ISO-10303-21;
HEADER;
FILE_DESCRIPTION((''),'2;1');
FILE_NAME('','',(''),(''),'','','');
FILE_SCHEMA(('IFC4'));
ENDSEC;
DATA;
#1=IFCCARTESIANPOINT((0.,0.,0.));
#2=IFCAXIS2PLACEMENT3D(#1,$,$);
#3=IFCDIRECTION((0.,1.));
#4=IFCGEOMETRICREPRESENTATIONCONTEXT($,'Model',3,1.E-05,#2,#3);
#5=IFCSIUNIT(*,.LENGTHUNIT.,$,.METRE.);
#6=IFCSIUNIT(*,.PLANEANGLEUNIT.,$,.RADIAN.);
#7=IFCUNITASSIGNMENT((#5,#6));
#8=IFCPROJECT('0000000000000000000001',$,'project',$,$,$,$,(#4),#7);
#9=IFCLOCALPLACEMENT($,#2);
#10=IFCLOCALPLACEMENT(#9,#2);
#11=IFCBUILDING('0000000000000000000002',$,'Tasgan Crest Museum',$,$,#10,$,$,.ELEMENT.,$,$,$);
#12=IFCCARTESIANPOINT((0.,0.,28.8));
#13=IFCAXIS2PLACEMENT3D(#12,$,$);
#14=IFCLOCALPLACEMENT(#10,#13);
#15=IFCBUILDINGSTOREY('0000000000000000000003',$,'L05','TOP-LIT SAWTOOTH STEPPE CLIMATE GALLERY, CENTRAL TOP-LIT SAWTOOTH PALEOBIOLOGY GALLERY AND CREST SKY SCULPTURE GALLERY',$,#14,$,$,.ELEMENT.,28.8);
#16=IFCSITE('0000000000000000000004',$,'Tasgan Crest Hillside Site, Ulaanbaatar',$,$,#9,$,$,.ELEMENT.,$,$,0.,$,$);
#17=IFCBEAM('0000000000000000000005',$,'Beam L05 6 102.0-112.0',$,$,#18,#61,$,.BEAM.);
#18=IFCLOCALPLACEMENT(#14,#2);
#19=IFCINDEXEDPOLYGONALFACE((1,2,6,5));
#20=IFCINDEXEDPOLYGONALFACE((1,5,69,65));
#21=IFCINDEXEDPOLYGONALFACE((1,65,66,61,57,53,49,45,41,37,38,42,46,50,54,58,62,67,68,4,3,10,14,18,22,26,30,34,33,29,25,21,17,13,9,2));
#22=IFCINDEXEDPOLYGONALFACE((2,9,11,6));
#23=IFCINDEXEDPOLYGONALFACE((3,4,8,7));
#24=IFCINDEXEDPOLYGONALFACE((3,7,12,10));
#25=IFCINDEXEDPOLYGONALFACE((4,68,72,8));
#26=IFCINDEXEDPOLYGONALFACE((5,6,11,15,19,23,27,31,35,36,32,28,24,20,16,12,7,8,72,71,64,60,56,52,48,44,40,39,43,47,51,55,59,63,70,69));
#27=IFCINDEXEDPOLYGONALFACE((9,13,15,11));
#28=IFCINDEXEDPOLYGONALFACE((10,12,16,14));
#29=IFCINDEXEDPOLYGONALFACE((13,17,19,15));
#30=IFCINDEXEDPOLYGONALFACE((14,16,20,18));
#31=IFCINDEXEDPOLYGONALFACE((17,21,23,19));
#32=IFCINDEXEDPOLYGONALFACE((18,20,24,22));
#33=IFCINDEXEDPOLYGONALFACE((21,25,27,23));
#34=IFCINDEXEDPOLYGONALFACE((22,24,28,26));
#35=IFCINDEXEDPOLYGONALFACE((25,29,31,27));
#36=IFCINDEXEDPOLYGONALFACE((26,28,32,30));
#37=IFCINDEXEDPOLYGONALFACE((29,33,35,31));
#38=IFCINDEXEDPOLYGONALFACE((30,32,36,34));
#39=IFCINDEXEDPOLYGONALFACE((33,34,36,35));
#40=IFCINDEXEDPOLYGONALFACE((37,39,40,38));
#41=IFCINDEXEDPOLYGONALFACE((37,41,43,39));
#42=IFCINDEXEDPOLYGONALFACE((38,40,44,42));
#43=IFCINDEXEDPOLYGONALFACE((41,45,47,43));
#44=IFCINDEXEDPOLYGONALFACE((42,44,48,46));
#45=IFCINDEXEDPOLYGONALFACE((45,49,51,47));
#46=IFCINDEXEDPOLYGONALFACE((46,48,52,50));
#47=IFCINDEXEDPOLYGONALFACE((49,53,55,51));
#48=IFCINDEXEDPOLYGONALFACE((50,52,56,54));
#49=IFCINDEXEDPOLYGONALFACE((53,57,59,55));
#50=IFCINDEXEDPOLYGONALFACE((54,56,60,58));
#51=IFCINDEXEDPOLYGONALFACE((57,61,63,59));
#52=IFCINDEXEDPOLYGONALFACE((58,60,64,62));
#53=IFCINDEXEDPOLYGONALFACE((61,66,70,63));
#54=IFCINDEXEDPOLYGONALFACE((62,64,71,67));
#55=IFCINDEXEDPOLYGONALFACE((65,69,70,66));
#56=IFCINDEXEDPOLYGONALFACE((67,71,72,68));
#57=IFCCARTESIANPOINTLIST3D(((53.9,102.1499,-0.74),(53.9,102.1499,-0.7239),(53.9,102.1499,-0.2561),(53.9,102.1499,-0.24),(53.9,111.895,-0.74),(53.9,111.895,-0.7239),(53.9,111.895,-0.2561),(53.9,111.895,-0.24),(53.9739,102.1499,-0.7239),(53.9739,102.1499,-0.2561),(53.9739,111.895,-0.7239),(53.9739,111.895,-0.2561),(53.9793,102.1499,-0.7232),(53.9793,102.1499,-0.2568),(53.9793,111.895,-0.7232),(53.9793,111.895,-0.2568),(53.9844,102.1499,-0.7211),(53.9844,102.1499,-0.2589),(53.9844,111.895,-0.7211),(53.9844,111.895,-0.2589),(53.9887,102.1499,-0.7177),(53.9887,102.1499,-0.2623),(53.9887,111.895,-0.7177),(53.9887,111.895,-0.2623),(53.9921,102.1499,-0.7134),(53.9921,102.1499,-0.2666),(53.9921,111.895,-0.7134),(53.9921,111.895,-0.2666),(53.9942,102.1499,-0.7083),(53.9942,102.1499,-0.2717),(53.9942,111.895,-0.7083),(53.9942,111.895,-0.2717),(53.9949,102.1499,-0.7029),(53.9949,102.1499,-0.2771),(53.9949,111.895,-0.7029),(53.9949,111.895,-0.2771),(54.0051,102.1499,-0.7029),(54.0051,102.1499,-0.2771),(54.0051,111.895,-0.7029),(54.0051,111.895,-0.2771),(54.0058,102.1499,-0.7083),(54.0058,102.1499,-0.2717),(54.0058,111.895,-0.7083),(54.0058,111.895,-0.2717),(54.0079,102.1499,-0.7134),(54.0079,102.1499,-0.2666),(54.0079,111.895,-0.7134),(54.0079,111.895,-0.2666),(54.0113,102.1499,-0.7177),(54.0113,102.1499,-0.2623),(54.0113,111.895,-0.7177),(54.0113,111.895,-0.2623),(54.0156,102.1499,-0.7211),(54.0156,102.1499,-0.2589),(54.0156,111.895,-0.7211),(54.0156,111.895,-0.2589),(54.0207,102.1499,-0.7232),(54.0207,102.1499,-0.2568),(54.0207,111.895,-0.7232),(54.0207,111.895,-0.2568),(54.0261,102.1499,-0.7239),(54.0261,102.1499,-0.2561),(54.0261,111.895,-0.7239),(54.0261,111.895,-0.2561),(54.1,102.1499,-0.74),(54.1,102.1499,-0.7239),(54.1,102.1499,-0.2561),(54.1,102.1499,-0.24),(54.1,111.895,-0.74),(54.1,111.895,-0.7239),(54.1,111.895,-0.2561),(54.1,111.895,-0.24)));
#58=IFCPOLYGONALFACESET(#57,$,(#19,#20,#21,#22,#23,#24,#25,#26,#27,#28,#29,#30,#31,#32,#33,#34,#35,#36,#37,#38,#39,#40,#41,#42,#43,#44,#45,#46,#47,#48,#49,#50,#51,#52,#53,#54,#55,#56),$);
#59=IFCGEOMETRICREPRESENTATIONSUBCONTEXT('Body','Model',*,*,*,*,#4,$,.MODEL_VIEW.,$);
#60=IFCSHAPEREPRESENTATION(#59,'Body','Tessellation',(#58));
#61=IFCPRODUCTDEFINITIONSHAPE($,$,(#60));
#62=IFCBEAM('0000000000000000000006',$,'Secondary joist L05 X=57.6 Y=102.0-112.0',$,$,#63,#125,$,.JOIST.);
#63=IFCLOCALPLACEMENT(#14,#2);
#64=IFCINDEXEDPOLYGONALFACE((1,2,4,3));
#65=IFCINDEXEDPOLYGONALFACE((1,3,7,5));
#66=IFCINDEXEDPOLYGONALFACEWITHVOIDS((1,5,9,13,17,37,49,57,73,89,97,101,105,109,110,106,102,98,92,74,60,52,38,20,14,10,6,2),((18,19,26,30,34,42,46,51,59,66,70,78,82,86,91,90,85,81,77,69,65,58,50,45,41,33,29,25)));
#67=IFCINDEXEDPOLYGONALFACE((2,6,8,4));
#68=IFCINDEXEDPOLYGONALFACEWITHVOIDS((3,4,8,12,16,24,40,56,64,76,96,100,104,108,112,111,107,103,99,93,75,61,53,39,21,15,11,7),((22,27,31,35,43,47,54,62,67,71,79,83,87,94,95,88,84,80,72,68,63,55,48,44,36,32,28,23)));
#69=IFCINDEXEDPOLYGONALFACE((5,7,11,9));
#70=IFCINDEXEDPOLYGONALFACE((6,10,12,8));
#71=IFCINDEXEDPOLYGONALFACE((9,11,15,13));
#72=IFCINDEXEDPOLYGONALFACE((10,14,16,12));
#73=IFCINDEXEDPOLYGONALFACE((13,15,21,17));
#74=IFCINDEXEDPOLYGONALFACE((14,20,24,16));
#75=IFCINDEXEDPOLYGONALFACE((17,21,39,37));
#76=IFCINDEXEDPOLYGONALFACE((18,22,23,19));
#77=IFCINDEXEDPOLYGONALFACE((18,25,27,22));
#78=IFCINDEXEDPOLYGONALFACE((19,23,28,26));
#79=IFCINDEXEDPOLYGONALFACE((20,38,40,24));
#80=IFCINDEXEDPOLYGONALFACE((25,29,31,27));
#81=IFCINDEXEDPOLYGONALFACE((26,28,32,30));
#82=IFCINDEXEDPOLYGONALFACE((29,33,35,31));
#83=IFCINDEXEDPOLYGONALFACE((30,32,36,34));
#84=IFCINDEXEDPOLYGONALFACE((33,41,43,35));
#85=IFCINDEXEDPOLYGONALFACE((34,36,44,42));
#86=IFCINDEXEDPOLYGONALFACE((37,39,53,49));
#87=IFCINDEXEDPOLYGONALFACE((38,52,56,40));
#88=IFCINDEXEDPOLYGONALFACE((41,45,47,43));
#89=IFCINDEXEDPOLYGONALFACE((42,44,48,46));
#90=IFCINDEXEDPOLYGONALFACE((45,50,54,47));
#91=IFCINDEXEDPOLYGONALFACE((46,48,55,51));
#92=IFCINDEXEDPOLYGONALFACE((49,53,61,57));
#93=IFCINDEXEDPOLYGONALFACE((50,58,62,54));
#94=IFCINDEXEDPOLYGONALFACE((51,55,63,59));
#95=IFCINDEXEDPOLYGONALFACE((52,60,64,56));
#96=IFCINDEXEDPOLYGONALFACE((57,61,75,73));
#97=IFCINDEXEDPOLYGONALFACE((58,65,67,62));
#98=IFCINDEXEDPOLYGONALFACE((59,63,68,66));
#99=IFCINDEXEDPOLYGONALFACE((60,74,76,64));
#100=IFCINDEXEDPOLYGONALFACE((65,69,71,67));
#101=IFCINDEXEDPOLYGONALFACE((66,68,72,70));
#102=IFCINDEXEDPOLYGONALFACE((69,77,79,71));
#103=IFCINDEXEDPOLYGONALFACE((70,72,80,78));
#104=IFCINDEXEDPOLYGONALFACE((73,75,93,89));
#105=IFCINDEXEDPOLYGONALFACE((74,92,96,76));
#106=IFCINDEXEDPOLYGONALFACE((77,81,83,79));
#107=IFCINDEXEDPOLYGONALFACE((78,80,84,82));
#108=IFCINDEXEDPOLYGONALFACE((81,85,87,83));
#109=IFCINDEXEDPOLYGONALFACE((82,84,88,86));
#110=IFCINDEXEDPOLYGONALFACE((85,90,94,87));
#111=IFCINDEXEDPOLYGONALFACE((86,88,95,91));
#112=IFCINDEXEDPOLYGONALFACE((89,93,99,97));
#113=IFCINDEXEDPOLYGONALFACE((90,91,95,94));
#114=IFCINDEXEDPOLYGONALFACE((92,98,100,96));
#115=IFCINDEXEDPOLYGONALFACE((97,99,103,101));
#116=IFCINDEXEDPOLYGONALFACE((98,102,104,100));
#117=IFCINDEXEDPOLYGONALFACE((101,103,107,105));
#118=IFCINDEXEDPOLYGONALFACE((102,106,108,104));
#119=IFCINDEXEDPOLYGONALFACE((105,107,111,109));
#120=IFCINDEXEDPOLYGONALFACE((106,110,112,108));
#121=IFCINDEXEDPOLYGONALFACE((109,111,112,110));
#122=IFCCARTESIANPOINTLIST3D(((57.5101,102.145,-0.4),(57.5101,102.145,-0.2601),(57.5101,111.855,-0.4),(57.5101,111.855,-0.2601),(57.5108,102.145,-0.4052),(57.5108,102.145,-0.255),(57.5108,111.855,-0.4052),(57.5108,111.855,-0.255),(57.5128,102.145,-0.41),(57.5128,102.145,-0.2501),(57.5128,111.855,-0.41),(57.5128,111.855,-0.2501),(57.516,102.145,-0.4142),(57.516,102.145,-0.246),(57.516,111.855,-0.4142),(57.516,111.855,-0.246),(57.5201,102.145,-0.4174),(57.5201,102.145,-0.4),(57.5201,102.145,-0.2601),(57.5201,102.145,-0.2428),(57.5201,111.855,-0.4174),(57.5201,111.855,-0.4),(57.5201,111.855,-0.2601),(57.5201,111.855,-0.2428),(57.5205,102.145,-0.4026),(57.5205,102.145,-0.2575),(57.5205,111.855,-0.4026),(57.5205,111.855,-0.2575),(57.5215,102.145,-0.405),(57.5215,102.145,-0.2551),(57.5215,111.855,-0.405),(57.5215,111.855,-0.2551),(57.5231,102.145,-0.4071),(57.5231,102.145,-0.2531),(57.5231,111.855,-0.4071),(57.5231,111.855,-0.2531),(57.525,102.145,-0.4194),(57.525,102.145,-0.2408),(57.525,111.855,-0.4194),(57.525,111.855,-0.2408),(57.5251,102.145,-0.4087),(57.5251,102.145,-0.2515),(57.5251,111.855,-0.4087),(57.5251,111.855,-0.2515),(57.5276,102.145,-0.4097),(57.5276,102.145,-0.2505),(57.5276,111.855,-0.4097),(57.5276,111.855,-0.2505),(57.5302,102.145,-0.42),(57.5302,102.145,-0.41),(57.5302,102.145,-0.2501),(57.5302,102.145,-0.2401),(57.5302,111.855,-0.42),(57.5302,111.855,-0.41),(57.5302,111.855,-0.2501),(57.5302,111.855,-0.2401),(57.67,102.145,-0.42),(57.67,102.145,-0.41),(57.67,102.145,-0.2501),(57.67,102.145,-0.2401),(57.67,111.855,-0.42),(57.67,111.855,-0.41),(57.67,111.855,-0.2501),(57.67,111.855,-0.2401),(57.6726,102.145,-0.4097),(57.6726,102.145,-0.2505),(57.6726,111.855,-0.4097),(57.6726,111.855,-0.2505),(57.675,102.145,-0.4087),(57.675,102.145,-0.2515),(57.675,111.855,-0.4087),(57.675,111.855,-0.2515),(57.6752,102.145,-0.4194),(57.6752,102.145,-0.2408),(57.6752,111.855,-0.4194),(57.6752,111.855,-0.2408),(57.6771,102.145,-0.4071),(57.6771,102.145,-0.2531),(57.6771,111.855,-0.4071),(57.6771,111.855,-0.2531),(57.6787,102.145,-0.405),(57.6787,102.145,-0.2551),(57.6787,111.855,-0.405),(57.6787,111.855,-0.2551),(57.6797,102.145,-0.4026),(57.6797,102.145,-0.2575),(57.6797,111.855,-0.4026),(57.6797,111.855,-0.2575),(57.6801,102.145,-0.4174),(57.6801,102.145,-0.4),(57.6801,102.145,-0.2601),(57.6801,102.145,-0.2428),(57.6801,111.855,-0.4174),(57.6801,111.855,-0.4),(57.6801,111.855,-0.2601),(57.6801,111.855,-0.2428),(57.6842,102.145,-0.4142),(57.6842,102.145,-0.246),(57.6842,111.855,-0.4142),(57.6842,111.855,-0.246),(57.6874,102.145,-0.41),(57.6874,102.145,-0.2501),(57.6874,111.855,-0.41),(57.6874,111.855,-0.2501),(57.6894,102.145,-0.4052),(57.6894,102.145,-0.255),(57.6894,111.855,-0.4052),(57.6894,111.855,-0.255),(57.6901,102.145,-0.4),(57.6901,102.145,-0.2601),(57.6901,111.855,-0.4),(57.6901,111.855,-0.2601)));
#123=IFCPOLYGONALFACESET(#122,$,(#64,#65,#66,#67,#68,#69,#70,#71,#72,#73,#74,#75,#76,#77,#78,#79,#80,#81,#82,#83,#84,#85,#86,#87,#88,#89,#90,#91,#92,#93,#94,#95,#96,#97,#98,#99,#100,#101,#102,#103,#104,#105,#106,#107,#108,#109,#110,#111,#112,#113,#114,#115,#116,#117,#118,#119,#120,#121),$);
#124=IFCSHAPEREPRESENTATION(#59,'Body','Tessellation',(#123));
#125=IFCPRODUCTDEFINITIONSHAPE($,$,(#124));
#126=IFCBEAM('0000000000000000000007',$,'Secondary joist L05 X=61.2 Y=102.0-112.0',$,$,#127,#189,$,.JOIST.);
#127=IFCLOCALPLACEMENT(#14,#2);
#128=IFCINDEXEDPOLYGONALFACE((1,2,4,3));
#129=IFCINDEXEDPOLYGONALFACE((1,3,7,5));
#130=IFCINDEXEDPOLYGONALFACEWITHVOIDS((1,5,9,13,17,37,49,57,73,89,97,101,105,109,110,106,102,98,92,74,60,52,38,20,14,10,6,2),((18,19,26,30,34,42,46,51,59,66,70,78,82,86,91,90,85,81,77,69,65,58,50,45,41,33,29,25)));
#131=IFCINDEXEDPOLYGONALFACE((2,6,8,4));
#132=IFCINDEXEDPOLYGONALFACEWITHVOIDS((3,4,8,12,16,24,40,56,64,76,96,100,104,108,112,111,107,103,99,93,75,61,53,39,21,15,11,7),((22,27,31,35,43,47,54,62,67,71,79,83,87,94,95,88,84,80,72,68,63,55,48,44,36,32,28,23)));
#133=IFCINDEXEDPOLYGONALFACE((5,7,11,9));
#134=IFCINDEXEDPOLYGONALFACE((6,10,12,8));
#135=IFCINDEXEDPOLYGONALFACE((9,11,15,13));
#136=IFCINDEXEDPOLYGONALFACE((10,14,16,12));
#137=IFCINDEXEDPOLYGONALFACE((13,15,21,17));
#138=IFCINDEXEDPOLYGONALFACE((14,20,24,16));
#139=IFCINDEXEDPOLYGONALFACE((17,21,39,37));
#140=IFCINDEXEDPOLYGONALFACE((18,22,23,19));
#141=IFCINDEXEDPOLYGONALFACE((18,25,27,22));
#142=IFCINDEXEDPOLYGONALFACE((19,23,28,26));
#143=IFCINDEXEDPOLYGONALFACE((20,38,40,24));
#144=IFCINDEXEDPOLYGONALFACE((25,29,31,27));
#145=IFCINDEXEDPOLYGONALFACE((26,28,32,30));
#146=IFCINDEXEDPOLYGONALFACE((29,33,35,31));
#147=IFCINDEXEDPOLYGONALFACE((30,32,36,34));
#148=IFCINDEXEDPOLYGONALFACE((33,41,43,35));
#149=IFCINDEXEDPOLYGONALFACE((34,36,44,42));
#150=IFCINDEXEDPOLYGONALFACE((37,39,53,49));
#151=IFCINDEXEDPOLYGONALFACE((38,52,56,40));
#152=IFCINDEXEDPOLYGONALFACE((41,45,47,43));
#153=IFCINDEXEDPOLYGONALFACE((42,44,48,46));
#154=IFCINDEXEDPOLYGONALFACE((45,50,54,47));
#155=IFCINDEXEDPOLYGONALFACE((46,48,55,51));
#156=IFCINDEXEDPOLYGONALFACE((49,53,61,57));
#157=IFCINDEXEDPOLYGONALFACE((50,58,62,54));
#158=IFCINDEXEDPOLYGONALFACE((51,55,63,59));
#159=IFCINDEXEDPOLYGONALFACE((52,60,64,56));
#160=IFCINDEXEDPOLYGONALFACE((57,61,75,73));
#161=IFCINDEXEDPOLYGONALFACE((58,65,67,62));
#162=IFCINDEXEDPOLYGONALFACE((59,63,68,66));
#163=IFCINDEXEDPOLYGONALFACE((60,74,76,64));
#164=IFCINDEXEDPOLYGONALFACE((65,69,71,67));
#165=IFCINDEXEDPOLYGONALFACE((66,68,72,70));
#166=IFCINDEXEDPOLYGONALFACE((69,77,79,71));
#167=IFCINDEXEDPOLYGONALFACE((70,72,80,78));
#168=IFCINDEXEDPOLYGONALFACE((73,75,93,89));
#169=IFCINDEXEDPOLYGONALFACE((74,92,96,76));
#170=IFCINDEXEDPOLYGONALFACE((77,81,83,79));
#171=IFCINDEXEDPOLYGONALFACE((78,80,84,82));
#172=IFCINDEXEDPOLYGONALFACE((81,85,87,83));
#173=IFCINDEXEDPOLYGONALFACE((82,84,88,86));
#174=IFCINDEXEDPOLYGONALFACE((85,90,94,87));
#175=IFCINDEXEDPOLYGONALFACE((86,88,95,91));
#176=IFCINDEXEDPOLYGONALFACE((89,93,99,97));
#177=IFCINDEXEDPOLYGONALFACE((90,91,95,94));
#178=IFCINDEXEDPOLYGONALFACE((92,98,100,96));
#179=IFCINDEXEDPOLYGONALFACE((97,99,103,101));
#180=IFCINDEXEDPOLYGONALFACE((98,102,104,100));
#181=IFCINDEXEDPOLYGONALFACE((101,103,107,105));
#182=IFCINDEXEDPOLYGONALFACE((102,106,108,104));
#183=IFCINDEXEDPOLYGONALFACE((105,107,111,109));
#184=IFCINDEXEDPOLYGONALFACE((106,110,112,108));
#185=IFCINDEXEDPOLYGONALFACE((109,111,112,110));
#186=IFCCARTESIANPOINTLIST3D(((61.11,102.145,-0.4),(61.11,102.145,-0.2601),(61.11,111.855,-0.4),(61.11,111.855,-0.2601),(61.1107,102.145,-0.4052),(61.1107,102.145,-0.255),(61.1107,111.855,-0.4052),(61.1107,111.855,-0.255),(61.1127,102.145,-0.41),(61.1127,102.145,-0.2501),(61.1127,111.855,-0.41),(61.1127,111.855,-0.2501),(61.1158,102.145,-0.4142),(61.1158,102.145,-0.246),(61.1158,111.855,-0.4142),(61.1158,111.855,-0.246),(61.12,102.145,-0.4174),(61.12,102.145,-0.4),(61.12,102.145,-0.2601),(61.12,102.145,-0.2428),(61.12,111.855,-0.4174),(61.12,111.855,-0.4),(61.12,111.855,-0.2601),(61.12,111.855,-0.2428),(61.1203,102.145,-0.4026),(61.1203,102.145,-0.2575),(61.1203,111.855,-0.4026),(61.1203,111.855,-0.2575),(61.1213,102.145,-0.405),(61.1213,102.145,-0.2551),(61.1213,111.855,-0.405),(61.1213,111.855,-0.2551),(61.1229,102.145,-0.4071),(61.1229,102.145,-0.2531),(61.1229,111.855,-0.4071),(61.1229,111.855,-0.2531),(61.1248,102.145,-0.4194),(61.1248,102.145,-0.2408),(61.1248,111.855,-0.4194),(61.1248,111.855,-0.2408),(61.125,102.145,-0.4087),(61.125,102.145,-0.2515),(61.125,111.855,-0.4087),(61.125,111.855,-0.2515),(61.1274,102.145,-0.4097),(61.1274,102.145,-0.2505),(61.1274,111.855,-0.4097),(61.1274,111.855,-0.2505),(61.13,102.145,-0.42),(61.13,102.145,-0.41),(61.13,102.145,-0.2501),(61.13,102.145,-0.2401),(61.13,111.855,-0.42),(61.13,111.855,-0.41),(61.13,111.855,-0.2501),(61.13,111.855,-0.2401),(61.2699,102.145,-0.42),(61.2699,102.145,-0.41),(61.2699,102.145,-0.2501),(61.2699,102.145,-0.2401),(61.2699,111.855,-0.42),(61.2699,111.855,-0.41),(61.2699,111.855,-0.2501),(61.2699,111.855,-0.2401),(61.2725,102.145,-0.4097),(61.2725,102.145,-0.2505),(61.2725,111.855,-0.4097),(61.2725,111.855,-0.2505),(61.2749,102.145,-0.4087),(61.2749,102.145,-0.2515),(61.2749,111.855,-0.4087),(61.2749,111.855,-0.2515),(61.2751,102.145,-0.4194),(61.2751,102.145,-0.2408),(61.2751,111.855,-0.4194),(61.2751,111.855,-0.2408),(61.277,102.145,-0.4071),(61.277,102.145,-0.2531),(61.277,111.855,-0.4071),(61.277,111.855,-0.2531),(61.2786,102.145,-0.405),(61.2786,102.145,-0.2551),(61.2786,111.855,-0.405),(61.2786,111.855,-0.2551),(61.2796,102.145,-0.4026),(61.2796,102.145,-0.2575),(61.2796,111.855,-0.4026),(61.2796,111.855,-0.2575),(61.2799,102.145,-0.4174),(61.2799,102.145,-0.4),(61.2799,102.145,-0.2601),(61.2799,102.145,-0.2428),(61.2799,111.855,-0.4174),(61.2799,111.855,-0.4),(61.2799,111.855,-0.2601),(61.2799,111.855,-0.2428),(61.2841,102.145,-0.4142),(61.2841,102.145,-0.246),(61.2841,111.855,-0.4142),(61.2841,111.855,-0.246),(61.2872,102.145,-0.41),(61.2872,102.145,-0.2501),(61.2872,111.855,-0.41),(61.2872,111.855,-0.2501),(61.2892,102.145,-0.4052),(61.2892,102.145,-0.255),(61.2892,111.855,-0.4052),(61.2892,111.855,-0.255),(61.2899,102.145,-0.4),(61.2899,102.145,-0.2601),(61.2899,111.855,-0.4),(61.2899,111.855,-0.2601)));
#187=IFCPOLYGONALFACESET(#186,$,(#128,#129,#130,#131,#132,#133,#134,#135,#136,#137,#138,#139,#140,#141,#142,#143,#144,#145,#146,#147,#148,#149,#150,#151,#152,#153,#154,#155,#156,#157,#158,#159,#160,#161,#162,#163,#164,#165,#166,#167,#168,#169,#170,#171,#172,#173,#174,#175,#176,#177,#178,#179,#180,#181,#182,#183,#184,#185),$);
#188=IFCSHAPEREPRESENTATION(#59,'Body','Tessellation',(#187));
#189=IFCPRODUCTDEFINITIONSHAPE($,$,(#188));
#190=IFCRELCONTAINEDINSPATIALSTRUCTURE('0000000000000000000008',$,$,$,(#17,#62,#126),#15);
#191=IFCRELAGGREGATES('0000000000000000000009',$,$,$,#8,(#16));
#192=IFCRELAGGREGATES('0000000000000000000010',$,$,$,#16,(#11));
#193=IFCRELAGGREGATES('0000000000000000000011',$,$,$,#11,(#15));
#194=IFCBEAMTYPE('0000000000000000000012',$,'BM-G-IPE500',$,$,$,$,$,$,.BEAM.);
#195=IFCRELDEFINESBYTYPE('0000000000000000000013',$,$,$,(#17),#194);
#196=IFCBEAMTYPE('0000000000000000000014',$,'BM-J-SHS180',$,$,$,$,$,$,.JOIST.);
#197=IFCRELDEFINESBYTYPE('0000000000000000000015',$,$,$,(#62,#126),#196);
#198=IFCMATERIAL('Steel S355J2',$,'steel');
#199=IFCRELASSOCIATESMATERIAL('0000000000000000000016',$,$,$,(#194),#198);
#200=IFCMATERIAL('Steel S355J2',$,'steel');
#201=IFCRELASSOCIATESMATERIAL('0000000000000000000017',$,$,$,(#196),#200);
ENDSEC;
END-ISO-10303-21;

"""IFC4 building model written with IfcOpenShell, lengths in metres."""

from ifc_helpers import new_model, si_unit, direction, frame, origin, origin_2d, place, context, subcontext, project, spatial, hollow_rectangle, i_section, extrude, material, material_profile, profile_set, type_object, element, save


model = new_model("IFC4")

# Units and contexts
model_context = context("Model", 3, precision=1e-05, world=origin(), true_north=direction((0.0, 1.0)))
body_context = subcontext(model_context, "Body", "Model", "MODEL_VIEW")
ifc_project = project(units=[si_unit("LENGTHUNIT", "METRE"), si_unit("PLANEANGLEUNIT", "RADIAN")], contexts=[model_context])

# Site, building, storey
site_placement = place(None, origin())
site = spatial("IfcSite", under=ifc_project, at=site_placement, Name="Tasgan Crest Hillside Site, Ulaanbaatar", CompositionType="ELEMENT", RefElevation=0.0)
building_placement = place(site_placement, origin())
building = spatial("IfcBuilding", under=site, at=building_placement, Name="Tasgan Crest Museum", CompositionType="ELEMENT")
storey_placement = place(building_placement, frame((0.0, 0.0, 28.8)))
storey = spatial("IfcBuildingStorey", under=building, at=storey_placement, Name="L05", Description="TOP-LIT SAWTOOTH STEPPE CLIMATE GALLERY, CENTRAL TOP-LIT SAWTOOTH PALEOBIOLOGY GALLERY AND CREST SKY SCULPTURE GALLERY", CompositionType="ELEMENT", Elevation=28.8)

# Beams
ifc_material_1 = material(Name="Steel S355J2", Category="steel")
ifc_material_profile_1 = material_profile(ifc_material_1, i_section(OverallWidth=0.2, OverallDepth=0.5, WebThickness=0.0103, FlangeThickness=0.0161, FilletRadius=0.021, at=origin_2d()), Name="IPE 500")
ifc_profile_set_1 = profile_set([ifc_material_profile_1], Name="Steel S355J2")
beam_type_1 = type_object("IfcBeamType", Name="BM-G-IPE500", PredefinedType="BEAM", material=ifc_profile_set_1)
beam_1_placement = place(storey_placement, frame((54.0, 102.1499, -0.49), z_axis=(0.0, 1.0, 0.0), x_axis=(-1.0, 0.0, 0.0)))
element("IfcBeam", 1, at=beam_1_placement, inside=storey, type_object=beam_type_1, Name="Beam L05 6 102.0-112.0", PredefinedType="BEAM", context=body_context, shape_type="SweptSolid", body=[
    extrude(i_section(OverallWidth=0.2, OverallDepth=0.5, WebThickness=0.0103, FlangeThickness=0.0161, FilletRadius=0.021, at=origin_2d()), origin(), (0.0, 0.0, 1.0), 9.7451),
])
ifc_material_2 = material(Name="Steel S355J2", Category="steel")
ifc_material_profile_2 = material_profile(ifc_material_2, hollow_rectangle(XDim=0.1799, YDim=0.1799, WallThickness=0.01, InnerFilletRadius=0.01, OuterFilletRadius=0.02, at=origin_2d()), Name="SHS 180x180x10")
ifc_profile_set_2 = profile_set([ifc_material_profile_2], Name="Steel S355J2")
beam_type_2 = type_object("IfcBeamType", Name="BM-J-SHS180", PredefinedType="JOIST", material=ifc_profile_set_2)
for number, where, z_axis, x_axis, name in (
    (2, (57.6001, 102.145, -0.3301), (0.0, 1.0, 0.0), (-1.0, 0.0, 0.0), "Secondary joist L05 X=57.6 Y=102.0-112.0"),
    (3, (61.2, 102.145, -0.3301), (0.0, 1.0, 0.0), (-1.0, 0.0, 0.0), "Secondary joist L05 X=61.2 Y=102.0-112.0"),
):
    element("IfcBeam", number, at=place(storey_placement, frame(where, z_axis=z_axis, x_axis=x_axis)), inside=storey, type_object=beam_type_2, Name=name, PredefinedType="JOIST", context=body_context, shape_type="SweptSolid", body=[
        extrude(hollow_rectangle(XDim=0.1799, YDim=0.1799, WallThickness=0.01, InnerFilletRadius=0.01, OuterFilletRadius=0.02, at=origin_2d()), origin(), (0.0, 0.0, 1.0), 9.71),
    ])

save(model, "model.ifc")
